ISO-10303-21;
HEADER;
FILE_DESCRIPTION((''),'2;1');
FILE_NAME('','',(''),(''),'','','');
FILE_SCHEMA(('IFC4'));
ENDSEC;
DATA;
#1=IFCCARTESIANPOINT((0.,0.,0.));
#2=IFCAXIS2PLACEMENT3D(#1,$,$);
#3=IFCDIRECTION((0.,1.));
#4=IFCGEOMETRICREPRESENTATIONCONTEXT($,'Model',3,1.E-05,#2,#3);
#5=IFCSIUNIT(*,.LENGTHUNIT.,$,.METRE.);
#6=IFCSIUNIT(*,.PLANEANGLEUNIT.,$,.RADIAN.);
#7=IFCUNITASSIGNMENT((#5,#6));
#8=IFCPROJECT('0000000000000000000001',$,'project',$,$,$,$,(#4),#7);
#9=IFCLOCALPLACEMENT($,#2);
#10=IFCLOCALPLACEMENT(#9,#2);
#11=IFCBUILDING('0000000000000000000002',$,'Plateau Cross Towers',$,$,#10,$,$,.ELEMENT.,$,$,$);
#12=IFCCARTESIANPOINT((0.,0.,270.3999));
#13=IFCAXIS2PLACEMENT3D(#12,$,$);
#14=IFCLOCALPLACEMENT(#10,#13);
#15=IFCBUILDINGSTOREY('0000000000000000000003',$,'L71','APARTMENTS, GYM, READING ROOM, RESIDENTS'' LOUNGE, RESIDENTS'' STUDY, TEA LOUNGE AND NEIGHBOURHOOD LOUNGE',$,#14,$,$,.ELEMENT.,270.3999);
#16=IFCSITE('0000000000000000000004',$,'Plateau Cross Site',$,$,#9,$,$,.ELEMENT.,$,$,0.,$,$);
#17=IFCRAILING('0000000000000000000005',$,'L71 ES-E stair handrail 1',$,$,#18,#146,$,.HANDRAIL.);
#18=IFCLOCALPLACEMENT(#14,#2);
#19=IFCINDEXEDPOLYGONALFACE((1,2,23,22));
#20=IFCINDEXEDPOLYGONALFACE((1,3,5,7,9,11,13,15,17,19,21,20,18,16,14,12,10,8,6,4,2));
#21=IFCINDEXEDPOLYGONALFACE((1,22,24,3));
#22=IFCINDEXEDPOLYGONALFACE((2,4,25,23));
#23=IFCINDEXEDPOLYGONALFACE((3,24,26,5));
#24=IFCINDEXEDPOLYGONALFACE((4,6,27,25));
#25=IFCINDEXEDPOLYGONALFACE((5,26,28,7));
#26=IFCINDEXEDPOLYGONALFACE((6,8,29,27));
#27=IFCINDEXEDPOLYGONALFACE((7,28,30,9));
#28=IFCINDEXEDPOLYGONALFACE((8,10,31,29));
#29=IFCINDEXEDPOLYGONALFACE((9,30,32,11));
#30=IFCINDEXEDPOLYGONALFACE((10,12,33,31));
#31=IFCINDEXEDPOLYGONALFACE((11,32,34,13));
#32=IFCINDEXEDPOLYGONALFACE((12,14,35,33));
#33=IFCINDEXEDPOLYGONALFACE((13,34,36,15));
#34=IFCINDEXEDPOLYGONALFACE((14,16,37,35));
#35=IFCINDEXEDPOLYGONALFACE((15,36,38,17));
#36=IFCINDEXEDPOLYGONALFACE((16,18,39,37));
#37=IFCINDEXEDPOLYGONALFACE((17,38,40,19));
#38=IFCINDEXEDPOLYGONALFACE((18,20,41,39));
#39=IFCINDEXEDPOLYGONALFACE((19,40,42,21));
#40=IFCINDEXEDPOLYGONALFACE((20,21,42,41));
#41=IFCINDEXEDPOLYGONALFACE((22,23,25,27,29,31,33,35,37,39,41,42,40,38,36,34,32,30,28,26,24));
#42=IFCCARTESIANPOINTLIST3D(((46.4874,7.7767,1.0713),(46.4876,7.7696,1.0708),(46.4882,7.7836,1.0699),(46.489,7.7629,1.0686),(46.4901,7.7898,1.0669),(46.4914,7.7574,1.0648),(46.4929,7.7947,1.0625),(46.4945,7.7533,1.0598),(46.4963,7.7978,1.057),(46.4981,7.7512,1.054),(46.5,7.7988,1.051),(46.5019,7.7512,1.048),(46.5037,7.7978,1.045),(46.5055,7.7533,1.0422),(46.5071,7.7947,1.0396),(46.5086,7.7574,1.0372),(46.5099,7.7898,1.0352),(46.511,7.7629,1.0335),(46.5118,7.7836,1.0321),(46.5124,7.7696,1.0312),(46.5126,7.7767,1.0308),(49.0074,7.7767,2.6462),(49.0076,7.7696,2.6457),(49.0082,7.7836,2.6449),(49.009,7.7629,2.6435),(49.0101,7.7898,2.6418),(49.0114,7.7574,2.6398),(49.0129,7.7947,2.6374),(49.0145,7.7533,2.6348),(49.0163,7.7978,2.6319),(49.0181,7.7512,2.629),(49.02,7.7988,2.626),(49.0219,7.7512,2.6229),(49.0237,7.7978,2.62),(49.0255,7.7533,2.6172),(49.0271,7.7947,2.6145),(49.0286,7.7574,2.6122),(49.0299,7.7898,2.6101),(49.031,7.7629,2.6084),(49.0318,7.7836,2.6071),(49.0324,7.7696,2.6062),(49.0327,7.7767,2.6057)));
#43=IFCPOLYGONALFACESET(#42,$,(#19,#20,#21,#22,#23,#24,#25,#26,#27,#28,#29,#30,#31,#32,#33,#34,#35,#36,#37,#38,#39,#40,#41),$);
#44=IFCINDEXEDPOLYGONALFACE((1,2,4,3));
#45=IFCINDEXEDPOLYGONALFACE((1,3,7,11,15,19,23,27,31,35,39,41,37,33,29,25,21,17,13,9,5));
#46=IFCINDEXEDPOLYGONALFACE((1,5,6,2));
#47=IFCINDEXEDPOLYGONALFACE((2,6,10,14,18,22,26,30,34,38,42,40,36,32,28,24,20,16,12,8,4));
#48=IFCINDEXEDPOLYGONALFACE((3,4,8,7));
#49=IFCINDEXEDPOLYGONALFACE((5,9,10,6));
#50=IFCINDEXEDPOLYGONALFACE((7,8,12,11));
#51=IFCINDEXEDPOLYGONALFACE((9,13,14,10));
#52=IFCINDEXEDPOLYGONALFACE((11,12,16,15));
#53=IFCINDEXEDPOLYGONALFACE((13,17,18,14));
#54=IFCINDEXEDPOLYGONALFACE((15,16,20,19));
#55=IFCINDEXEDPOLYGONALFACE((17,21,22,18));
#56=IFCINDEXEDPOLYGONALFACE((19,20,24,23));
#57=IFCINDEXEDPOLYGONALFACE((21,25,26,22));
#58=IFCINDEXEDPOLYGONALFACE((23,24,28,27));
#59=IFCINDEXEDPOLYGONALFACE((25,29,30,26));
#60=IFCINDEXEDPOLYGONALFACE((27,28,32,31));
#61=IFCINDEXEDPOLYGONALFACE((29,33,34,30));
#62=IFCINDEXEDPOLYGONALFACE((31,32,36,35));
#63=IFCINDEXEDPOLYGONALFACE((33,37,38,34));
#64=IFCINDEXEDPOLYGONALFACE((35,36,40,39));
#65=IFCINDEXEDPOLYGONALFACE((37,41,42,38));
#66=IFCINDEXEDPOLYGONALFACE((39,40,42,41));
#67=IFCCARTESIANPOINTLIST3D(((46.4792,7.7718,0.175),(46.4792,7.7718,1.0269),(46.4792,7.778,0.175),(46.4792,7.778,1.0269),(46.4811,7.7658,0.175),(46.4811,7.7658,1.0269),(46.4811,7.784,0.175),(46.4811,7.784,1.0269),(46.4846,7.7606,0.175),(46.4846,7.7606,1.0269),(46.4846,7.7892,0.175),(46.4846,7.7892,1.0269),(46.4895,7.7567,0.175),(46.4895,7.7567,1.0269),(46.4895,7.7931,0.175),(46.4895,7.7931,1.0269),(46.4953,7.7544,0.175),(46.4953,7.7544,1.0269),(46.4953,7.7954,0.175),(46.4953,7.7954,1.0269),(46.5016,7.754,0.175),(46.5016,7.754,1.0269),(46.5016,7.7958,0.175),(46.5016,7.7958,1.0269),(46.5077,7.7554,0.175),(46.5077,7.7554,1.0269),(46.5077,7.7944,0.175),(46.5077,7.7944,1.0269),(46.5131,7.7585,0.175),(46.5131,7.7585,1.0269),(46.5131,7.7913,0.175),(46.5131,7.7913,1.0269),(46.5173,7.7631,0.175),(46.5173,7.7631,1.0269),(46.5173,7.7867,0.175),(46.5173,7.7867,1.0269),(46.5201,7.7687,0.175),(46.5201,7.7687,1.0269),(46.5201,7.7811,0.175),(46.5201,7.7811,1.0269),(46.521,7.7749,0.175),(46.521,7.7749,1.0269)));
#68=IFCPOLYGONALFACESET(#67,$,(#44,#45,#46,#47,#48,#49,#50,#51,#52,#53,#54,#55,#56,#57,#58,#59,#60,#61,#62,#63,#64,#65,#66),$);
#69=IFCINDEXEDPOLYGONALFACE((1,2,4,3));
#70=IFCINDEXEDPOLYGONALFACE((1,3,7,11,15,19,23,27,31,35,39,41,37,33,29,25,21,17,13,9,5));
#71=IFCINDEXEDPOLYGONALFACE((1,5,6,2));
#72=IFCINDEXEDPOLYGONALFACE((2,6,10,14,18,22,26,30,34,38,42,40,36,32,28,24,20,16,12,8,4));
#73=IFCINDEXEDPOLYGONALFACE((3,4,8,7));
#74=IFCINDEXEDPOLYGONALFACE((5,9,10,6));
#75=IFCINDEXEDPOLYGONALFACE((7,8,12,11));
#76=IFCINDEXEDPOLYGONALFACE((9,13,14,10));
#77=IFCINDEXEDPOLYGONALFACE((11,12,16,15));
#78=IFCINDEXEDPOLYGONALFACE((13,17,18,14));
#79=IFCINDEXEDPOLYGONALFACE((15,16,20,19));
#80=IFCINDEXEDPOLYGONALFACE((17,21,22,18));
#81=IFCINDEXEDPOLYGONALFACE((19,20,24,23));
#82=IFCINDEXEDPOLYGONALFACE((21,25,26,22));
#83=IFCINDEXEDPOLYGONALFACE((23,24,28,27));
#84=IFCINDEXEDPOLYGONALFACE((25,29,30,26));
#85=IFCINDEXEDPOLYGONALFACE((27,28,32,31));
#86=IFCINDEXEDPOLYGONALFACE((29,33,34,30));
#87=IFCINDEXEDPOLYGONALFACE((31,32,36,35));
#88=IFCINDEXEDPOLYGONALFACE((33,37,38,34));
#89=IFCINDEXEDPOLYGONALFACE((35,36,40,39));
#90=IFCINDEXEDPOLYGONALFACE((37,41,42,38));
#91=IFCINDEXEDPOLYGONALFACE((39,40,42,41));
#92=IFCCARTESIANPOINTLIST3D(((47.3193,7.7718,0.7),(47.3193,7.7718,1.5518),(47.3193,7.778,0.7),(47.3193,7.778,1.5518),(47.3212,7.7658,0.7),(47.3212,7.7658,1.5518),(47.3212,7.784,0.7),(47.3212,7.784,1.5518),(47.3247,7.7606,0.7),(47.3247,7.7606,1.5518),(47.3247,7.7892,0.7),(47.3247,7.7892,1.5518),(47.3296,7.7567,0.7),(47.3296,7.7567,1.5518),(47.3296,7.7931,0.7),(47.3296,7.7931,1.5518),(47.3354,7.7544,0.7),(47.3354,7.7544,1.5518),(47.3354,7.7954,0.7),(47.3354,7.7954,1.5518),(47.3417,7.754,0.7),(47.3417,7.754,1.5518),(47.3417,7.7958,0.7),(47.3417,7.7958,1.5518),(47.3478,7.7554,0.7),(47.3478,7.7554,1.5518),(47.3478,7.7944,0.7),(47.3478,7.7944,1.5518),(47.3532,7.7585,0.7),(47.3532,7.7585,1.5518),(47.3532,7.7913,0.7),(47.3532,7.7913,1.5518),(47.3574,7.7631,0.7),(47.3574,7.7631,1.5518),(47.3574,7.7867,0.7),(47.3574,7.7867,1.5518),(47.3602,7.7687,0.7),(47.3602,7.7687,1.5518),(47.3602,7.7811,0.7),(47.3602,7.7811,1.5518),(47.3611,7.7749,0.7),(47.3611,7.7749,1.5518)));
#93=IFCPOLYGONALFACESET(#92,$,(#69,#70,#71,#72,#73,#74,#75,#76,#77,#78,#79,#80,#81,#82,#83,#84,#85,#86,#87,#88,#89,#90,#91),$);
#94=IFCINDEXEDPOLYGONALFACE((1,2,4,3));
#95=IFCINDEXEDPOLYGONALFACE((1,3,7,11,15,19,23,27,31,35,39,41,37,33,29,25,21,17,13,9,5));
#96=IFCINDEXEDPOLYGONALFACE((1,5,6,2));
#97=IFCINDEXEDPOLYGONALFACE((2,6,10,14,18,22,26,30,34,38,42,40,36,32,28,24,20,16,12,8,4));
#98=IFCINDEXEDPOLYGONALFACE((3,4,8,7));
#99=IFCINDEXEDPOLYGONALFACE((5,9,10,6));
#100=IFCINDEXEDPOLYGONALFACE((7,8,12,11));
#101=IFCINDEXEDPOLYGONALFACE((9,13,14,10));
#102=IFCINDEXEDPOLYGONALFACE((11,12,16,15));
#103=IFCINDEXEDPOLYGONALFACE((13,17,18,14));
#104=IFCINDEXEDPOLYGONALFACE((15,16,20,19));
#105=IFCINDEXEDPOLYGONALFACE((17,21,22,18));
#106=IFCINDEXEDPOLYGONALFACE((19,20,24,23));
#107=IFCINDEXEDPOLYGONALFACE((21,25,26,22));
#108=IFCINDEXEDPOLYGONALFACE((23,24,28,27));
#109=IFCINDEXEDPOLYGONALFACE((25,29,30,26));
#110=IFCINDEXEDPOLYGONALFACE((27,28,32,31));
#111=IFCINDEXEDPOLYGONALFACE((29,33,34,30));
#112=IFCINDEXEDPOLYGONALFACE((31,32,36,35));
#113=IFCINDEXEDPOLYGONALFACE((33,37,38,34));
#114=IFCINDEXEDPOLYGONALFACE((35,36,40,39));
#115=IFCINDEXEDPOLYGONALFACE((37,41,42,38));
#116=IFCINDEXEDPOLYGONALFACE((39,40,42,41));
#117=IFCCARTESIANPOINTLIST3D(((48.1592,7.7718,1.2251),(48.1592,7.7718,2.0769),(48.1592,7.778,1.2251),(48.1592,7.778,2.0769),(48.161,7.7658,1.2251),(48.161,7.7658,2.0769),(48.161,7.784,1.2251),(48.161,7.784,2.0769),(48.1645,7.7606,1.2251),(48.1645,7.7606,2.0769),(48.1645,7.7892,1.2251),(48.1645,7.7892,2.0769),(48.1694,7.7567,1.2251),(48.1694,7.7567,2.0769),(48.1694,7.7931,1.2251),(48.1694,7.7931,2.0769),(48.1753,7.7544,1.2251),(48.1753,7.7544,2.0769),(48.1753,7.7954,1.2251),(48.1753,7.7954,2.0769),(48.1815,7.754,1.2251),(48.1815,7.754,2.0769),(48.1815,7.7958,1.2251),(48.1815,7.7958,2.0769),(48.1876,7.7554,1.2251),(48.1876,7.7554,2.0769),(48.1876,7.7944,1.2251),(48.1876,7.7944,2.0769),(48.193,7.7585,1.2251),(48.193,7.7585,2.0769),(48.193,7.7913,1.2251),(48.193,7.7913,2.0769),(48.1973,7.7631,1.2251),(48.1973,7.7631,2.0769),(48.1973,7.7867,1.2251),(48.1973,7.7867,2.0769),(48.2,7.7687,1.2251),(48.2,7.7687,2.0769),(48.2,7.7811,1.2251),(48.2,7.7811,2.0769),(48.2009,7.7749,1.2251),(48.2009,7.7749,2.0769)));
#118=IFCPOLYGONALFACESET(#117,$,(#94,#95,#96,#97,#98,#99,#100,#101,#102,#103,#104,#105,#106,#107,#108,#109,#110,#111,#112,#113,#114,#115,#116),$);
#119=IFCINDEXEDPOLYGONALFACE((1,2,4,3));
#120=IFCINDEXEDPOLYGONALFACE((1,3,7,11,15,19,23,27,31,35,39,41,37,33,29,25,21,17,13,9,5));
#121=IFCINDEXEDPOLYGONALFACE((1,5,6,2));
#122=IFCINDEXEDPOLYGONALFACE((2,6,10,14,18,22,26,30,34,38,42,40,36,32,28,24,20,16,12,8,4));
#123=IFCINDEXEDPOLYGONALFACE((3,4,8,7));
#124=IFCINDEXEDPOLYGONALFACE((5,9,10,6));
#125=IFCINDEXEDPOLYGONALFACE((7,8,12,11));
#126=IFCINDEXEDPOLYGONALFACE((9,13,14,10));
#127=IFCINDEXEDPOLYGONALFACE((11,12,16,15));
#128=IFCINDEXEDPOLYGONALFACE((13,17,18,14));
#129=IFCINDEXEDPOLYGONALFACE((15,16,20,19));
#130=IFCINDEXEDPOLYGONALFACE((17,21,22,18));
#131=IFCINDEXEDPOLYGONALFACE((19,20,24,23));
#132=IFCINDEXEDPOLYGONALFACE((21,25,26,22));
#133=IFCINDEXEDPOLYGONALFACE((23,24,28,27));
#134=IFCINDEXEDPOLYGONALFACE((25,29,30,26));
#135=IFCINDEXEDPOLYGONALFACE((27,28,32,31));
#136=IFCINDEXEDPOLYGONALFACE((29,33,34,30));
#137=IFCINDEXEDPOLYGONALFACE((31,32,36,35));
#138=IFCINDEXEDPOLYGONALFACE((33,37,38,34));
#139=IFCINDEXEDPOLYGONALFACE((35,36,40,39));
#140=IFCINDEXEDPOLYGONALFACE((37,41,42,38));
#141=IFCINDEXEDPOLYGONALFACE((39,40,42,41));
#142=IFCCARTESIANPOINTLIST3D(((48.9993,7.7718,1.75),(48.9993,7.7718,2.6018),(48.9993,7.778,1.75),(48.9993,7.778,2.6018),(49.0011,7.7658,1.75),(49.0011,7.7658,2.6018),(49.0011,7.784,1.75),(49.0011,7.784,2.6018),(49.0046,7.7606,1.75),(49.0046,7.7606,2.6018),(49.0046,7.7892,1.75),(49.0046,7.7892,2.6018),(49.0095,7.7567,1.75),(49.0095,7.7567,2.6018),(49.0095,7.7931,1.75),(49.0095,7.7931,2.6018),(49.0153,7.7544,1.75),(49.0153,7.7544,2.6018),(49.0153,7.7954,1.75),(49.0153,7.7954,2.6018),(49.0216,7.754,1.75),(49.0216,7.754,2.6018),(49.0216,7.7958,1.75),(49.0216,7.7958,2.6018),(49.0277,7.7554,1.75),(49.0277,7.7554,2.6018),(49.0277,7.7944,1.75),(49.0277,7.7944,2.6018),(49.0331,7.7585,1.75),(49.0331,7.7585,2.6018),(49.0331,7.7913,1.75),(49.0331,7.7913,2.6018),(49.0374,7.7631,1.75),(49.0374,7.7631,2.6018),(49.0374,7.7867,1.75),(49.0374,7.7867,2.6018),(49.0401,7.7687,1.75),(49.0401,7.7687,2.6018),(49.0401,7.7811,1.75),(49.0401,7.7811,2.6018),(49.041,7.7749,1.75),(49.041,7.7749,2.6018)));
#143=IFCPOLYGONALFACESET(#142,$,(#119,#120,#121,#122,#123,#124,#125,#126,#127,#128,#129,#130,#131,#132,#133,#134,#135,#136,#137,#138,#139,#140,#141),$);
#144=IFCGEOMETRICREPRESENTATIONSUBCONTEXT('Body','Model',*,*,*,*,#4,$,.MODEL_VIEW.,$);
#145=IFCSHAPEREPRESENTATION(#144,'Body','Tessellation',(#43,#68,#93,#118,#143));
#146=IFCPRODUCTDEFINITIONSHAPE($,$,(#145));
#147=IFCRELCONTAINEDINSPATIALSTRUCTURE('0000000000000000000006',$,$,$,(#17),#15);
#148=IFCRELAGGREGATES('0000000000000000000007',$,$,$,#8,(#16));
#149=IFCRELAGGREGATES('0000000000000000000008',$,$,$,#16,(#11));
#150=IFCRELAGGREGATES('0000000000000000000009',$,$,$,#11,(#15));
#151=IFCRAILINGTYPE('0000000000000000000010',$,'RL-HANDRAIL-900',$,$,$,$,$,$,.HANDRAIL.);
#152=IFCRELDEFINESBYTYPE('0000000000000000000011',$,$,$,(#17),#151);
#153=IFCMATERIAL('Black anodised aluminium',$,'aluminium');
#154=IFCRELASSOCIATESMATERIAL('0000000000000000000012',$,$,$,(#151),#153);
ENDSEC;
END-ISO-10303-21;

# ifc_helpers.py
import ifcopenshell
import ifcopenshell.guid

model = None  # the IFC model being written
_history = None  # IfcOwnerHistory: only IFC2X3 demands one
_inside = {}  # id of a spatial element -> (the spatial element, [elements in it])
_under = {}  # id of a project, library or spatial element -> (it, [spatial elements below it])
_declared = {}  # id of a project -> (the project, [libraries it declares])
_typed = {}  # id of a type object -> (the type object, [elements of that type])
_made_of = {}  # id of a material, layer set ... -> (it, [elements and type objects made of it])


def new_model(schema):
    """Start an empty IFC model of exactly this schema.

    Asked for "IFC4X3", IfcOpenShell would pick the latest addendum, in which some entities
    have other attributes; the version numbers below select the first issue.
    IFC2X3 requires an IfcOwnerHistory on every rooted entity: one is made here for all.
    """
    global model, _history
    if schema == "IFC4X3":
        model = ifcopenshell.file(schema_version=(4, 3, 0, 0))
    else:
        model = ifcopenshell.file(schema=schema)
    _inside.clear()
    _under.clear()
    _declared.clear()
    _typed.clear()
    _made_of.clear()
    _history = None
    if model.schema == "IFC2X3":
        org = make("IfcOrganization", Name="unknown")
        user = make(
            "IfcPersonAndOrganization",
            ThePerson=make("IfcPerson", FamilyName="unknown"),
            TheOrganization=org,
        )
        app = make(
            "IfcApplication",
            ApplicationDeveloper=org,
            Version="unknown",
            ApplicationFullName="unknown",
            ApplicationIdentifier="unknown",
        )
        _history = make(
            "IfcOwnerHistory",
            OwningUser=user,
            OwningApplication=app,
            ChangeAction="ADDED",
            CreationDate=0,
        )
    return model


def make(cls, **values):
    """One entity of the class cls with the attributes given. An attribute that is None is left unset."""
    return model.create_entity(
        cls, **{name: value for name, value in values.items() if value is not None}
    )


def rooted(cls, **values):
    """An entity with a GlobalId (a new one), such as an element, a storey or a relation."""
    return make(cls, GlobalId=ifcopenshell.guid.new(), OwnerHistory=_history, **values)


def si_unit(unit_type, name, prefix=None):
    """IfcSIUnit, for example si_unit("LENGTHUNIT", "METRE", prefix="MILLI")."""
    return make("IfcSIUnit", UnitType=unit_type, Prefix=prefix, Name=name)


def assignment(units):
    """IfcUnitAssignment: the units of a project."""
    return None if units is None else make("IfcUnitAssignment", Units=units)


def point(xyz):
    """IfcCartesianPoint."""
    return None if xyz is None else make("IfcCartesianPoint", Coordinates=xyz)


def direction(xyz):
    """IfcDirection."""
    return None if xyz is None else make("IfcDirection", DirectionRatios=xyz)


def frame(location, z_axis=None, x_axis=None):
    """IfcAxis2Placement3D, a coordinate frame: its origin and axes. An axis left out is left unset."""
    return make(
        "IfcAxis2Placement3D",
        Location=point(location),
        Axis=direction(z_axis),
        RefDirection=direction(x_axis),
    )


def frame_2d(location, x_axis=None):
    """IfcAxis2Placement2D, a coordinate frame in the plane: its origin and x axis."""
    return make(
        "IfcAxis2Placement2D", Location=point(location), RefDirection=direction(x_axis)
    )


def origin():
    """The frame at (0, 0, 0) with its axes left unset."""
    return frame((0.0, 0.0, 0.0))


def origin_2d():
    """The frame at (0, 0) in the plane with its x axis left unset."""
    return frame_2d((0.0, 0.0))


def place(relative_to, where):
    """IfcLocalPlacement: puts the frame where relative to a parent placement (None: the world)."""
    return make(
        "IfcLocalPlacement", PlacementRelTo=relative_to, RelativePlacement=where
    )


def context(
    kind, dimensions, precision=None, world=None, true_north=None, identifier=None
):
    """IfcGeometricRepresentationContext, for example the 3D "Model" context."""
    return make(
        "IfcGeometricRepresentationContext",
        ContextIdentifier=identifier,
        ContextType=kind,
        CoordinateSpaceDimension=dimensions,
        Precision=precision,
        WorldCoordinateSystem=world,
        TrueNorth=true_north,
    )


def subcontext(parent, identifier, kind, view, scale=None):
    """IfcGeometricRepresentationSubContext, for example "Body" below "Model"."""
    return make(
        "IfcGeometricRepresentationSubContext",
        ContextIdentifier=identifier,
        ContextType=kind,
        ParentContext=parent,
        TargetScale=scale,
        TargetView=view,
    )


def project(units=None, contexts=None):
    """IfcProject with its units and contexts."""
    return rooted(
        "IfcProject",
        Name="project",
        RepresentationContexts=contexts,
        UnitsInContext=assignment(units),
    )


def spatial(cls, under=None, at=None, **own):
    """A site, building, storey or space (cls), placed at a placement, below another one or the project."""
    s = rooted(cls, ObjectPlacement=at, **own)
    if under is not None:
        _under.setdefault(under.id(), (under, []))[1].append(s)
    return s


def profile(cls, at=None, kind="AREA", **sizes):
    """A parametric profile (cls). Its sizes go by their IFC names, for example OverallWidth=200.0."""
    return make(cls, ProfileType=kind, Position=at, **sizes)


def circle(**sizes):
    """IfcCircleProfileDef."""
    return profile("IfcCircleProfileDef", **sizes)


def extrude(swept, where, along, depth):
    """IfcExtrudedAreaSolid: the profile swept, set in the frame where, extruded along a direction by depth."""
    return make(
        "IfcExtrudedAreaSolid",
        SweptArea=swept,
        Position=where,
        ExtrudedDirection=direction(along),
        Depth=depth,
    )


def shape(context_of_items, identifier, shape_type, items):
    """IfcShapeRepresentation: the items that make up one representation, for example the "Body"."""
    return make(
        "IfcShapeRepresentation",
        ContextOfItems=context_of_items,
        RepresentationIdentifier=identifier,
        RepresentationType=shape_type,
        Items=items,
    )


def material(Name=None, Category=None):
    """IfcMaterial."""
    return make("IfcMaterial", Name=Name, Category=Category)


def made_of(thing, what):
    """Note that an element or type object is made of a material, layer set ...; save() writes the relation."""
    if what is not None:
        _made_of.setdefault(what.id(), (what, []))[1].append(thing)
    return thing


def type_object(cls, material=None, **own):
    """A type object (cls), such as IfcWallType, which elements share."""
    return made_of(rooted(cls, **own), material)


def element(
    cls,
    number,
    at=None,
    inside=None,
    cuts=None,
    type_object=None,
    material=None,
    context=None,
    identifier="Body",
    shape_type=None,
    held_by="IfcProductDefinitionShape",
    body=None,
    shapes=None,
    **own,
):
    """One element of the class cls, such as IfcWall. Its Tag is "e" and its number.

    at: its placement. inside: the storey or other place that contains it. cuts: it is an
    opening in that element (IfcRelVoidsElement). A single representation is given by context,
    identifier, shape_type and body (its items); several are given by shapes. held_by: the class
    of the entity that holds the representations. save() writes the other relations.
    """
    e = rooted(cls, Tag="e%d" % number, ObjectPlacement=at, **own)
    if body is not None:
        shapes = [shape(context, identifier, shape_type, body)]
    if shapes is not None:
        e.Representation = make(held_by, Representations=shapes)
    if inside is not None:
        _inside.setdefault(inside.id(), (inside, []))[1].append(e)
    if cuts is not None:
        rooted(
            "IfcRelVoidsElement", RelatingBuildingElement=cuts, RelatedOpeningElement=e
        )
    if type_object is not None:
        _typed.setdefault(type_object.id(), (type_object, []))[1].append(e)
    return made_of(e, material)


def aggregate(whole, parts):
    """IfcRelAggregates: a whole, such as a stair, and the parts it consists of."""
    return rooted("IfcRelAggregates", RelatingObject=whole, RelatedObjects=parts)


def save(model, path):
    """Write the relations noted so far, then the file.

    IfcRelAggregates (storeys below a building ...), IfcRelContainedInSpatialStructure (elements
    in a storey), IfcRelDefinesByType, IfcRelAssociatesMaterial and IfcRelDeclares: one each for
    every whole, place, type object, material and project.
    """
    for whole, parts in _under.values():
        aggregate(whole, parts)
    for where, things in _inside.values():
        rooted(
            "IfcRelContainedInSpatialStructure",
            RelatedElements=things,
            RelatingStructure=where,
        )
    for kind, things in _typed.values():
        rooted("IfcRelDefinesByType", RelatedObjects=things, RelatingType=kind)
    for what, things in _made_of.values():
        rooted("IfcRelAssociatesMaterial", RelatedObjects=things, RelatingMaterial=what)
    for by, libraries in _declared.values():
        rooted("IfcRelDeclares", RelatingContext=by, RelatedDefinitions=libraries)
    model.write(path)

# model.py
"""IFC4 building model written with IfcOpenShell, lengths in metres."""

from ifc_helpers import new_model, si_unit, direction, frame, origin, origin_2d, place, context, subcontext, project, spatial, circle, extrude, material, type_object, element, save


model = new_model("IFC4")

# Units and contexts
model_context = context("Model", 3, precision=1e-05, world=origin(), true_north=direction((0.0, 1.0)))
body_context = subcontext(model_context, "Body", "Model", "MODEL_VIEW")
ifc_project = project(units=[si_unit("LENGTHUNIT", "METRE"), si_unit("PLANEANGLEUNIT", "RADIAN")], contexts=[model_context])

# Site, building, storey
site_placement = place(None, origin())
site = spatial("IfcSite", under=ifc_project, at=site_placement, Name="Plateau Cross Site", CompositionType="ELEMENT", RefElevation=0.0)
building_placement = place(site_placement, origin())
building = spatial("IfcBuilding", under=site, at=building_placement, Name="Plateau Cross Towers", CompositionType="ELEMENT")
storey_placement = place(building_placement, frame((0.0, 0.0, 270.3999)))
storey = spatial("IfcBuildingStorey", under=building, at=storey_placement, Name="L71", Description="APARTMENTS, GYM, READING ROOM, RESIDENTS' LOUNGE, RESIDENTS' STUDY, TEA LOUNGE AND NEIGHBOURHOOD LOUNGE", CompositionType="ELEMENT", Elevation=270.3999)

# Shared definitions
ifc_material_1 = material(Name="Black anodised aluminium", Category="aluminium")

# Railing
railing_type_1 = type_object("IfcRailingType", Name="RL-HANDRAIL-900", PredefinedType="HANDRAIL", material=ifc_material_1)
railing_1_placement = place(storey_placement, frame((46.5, 7.7749, 0.175)))
element("IfcRailing", 1, at=railing_1_placement, inside=storey, type_object=railing_type_1, Name="L71 ES-E stair handrail 1", PredefinedType="HANDRAIL", context=body_context, shape_type="SweptSolid", body=[
    extrude(circle(Radius=0.0239, at=origin_2d()), frame((0.0, 0.0, 0.876), z_axis=(0.848008, 0.0, 0.529984), x_axis=(0.0, 1.0, 0.0)), (0.0, 0.0, 1.0), 2.9717),
    extrude(circle(Radius=0.021, at=origin_2d()), origin(), (0.0, 0.0, 1.0), 0.8518),
    extrude(circle(Radius=0.021, at=origin_2d()), frame((0.8401, 0.0, 0.5249)), (0.0, 0.0, 1.0), 0.8518),
    extrude(circle(Radius=0.021, at=origin_2d()), frame((1.6799, 0.0, 1.05)), (0.0, 0.0, 1.0), 0.8518),
    extrude(circle(Radius=0.021, at=origin_2d()), frame((2.52, 0.0, 1.575)), (0.0, 0.0, 1.0), 0.8518),
])

save(model, "model.ifc")
